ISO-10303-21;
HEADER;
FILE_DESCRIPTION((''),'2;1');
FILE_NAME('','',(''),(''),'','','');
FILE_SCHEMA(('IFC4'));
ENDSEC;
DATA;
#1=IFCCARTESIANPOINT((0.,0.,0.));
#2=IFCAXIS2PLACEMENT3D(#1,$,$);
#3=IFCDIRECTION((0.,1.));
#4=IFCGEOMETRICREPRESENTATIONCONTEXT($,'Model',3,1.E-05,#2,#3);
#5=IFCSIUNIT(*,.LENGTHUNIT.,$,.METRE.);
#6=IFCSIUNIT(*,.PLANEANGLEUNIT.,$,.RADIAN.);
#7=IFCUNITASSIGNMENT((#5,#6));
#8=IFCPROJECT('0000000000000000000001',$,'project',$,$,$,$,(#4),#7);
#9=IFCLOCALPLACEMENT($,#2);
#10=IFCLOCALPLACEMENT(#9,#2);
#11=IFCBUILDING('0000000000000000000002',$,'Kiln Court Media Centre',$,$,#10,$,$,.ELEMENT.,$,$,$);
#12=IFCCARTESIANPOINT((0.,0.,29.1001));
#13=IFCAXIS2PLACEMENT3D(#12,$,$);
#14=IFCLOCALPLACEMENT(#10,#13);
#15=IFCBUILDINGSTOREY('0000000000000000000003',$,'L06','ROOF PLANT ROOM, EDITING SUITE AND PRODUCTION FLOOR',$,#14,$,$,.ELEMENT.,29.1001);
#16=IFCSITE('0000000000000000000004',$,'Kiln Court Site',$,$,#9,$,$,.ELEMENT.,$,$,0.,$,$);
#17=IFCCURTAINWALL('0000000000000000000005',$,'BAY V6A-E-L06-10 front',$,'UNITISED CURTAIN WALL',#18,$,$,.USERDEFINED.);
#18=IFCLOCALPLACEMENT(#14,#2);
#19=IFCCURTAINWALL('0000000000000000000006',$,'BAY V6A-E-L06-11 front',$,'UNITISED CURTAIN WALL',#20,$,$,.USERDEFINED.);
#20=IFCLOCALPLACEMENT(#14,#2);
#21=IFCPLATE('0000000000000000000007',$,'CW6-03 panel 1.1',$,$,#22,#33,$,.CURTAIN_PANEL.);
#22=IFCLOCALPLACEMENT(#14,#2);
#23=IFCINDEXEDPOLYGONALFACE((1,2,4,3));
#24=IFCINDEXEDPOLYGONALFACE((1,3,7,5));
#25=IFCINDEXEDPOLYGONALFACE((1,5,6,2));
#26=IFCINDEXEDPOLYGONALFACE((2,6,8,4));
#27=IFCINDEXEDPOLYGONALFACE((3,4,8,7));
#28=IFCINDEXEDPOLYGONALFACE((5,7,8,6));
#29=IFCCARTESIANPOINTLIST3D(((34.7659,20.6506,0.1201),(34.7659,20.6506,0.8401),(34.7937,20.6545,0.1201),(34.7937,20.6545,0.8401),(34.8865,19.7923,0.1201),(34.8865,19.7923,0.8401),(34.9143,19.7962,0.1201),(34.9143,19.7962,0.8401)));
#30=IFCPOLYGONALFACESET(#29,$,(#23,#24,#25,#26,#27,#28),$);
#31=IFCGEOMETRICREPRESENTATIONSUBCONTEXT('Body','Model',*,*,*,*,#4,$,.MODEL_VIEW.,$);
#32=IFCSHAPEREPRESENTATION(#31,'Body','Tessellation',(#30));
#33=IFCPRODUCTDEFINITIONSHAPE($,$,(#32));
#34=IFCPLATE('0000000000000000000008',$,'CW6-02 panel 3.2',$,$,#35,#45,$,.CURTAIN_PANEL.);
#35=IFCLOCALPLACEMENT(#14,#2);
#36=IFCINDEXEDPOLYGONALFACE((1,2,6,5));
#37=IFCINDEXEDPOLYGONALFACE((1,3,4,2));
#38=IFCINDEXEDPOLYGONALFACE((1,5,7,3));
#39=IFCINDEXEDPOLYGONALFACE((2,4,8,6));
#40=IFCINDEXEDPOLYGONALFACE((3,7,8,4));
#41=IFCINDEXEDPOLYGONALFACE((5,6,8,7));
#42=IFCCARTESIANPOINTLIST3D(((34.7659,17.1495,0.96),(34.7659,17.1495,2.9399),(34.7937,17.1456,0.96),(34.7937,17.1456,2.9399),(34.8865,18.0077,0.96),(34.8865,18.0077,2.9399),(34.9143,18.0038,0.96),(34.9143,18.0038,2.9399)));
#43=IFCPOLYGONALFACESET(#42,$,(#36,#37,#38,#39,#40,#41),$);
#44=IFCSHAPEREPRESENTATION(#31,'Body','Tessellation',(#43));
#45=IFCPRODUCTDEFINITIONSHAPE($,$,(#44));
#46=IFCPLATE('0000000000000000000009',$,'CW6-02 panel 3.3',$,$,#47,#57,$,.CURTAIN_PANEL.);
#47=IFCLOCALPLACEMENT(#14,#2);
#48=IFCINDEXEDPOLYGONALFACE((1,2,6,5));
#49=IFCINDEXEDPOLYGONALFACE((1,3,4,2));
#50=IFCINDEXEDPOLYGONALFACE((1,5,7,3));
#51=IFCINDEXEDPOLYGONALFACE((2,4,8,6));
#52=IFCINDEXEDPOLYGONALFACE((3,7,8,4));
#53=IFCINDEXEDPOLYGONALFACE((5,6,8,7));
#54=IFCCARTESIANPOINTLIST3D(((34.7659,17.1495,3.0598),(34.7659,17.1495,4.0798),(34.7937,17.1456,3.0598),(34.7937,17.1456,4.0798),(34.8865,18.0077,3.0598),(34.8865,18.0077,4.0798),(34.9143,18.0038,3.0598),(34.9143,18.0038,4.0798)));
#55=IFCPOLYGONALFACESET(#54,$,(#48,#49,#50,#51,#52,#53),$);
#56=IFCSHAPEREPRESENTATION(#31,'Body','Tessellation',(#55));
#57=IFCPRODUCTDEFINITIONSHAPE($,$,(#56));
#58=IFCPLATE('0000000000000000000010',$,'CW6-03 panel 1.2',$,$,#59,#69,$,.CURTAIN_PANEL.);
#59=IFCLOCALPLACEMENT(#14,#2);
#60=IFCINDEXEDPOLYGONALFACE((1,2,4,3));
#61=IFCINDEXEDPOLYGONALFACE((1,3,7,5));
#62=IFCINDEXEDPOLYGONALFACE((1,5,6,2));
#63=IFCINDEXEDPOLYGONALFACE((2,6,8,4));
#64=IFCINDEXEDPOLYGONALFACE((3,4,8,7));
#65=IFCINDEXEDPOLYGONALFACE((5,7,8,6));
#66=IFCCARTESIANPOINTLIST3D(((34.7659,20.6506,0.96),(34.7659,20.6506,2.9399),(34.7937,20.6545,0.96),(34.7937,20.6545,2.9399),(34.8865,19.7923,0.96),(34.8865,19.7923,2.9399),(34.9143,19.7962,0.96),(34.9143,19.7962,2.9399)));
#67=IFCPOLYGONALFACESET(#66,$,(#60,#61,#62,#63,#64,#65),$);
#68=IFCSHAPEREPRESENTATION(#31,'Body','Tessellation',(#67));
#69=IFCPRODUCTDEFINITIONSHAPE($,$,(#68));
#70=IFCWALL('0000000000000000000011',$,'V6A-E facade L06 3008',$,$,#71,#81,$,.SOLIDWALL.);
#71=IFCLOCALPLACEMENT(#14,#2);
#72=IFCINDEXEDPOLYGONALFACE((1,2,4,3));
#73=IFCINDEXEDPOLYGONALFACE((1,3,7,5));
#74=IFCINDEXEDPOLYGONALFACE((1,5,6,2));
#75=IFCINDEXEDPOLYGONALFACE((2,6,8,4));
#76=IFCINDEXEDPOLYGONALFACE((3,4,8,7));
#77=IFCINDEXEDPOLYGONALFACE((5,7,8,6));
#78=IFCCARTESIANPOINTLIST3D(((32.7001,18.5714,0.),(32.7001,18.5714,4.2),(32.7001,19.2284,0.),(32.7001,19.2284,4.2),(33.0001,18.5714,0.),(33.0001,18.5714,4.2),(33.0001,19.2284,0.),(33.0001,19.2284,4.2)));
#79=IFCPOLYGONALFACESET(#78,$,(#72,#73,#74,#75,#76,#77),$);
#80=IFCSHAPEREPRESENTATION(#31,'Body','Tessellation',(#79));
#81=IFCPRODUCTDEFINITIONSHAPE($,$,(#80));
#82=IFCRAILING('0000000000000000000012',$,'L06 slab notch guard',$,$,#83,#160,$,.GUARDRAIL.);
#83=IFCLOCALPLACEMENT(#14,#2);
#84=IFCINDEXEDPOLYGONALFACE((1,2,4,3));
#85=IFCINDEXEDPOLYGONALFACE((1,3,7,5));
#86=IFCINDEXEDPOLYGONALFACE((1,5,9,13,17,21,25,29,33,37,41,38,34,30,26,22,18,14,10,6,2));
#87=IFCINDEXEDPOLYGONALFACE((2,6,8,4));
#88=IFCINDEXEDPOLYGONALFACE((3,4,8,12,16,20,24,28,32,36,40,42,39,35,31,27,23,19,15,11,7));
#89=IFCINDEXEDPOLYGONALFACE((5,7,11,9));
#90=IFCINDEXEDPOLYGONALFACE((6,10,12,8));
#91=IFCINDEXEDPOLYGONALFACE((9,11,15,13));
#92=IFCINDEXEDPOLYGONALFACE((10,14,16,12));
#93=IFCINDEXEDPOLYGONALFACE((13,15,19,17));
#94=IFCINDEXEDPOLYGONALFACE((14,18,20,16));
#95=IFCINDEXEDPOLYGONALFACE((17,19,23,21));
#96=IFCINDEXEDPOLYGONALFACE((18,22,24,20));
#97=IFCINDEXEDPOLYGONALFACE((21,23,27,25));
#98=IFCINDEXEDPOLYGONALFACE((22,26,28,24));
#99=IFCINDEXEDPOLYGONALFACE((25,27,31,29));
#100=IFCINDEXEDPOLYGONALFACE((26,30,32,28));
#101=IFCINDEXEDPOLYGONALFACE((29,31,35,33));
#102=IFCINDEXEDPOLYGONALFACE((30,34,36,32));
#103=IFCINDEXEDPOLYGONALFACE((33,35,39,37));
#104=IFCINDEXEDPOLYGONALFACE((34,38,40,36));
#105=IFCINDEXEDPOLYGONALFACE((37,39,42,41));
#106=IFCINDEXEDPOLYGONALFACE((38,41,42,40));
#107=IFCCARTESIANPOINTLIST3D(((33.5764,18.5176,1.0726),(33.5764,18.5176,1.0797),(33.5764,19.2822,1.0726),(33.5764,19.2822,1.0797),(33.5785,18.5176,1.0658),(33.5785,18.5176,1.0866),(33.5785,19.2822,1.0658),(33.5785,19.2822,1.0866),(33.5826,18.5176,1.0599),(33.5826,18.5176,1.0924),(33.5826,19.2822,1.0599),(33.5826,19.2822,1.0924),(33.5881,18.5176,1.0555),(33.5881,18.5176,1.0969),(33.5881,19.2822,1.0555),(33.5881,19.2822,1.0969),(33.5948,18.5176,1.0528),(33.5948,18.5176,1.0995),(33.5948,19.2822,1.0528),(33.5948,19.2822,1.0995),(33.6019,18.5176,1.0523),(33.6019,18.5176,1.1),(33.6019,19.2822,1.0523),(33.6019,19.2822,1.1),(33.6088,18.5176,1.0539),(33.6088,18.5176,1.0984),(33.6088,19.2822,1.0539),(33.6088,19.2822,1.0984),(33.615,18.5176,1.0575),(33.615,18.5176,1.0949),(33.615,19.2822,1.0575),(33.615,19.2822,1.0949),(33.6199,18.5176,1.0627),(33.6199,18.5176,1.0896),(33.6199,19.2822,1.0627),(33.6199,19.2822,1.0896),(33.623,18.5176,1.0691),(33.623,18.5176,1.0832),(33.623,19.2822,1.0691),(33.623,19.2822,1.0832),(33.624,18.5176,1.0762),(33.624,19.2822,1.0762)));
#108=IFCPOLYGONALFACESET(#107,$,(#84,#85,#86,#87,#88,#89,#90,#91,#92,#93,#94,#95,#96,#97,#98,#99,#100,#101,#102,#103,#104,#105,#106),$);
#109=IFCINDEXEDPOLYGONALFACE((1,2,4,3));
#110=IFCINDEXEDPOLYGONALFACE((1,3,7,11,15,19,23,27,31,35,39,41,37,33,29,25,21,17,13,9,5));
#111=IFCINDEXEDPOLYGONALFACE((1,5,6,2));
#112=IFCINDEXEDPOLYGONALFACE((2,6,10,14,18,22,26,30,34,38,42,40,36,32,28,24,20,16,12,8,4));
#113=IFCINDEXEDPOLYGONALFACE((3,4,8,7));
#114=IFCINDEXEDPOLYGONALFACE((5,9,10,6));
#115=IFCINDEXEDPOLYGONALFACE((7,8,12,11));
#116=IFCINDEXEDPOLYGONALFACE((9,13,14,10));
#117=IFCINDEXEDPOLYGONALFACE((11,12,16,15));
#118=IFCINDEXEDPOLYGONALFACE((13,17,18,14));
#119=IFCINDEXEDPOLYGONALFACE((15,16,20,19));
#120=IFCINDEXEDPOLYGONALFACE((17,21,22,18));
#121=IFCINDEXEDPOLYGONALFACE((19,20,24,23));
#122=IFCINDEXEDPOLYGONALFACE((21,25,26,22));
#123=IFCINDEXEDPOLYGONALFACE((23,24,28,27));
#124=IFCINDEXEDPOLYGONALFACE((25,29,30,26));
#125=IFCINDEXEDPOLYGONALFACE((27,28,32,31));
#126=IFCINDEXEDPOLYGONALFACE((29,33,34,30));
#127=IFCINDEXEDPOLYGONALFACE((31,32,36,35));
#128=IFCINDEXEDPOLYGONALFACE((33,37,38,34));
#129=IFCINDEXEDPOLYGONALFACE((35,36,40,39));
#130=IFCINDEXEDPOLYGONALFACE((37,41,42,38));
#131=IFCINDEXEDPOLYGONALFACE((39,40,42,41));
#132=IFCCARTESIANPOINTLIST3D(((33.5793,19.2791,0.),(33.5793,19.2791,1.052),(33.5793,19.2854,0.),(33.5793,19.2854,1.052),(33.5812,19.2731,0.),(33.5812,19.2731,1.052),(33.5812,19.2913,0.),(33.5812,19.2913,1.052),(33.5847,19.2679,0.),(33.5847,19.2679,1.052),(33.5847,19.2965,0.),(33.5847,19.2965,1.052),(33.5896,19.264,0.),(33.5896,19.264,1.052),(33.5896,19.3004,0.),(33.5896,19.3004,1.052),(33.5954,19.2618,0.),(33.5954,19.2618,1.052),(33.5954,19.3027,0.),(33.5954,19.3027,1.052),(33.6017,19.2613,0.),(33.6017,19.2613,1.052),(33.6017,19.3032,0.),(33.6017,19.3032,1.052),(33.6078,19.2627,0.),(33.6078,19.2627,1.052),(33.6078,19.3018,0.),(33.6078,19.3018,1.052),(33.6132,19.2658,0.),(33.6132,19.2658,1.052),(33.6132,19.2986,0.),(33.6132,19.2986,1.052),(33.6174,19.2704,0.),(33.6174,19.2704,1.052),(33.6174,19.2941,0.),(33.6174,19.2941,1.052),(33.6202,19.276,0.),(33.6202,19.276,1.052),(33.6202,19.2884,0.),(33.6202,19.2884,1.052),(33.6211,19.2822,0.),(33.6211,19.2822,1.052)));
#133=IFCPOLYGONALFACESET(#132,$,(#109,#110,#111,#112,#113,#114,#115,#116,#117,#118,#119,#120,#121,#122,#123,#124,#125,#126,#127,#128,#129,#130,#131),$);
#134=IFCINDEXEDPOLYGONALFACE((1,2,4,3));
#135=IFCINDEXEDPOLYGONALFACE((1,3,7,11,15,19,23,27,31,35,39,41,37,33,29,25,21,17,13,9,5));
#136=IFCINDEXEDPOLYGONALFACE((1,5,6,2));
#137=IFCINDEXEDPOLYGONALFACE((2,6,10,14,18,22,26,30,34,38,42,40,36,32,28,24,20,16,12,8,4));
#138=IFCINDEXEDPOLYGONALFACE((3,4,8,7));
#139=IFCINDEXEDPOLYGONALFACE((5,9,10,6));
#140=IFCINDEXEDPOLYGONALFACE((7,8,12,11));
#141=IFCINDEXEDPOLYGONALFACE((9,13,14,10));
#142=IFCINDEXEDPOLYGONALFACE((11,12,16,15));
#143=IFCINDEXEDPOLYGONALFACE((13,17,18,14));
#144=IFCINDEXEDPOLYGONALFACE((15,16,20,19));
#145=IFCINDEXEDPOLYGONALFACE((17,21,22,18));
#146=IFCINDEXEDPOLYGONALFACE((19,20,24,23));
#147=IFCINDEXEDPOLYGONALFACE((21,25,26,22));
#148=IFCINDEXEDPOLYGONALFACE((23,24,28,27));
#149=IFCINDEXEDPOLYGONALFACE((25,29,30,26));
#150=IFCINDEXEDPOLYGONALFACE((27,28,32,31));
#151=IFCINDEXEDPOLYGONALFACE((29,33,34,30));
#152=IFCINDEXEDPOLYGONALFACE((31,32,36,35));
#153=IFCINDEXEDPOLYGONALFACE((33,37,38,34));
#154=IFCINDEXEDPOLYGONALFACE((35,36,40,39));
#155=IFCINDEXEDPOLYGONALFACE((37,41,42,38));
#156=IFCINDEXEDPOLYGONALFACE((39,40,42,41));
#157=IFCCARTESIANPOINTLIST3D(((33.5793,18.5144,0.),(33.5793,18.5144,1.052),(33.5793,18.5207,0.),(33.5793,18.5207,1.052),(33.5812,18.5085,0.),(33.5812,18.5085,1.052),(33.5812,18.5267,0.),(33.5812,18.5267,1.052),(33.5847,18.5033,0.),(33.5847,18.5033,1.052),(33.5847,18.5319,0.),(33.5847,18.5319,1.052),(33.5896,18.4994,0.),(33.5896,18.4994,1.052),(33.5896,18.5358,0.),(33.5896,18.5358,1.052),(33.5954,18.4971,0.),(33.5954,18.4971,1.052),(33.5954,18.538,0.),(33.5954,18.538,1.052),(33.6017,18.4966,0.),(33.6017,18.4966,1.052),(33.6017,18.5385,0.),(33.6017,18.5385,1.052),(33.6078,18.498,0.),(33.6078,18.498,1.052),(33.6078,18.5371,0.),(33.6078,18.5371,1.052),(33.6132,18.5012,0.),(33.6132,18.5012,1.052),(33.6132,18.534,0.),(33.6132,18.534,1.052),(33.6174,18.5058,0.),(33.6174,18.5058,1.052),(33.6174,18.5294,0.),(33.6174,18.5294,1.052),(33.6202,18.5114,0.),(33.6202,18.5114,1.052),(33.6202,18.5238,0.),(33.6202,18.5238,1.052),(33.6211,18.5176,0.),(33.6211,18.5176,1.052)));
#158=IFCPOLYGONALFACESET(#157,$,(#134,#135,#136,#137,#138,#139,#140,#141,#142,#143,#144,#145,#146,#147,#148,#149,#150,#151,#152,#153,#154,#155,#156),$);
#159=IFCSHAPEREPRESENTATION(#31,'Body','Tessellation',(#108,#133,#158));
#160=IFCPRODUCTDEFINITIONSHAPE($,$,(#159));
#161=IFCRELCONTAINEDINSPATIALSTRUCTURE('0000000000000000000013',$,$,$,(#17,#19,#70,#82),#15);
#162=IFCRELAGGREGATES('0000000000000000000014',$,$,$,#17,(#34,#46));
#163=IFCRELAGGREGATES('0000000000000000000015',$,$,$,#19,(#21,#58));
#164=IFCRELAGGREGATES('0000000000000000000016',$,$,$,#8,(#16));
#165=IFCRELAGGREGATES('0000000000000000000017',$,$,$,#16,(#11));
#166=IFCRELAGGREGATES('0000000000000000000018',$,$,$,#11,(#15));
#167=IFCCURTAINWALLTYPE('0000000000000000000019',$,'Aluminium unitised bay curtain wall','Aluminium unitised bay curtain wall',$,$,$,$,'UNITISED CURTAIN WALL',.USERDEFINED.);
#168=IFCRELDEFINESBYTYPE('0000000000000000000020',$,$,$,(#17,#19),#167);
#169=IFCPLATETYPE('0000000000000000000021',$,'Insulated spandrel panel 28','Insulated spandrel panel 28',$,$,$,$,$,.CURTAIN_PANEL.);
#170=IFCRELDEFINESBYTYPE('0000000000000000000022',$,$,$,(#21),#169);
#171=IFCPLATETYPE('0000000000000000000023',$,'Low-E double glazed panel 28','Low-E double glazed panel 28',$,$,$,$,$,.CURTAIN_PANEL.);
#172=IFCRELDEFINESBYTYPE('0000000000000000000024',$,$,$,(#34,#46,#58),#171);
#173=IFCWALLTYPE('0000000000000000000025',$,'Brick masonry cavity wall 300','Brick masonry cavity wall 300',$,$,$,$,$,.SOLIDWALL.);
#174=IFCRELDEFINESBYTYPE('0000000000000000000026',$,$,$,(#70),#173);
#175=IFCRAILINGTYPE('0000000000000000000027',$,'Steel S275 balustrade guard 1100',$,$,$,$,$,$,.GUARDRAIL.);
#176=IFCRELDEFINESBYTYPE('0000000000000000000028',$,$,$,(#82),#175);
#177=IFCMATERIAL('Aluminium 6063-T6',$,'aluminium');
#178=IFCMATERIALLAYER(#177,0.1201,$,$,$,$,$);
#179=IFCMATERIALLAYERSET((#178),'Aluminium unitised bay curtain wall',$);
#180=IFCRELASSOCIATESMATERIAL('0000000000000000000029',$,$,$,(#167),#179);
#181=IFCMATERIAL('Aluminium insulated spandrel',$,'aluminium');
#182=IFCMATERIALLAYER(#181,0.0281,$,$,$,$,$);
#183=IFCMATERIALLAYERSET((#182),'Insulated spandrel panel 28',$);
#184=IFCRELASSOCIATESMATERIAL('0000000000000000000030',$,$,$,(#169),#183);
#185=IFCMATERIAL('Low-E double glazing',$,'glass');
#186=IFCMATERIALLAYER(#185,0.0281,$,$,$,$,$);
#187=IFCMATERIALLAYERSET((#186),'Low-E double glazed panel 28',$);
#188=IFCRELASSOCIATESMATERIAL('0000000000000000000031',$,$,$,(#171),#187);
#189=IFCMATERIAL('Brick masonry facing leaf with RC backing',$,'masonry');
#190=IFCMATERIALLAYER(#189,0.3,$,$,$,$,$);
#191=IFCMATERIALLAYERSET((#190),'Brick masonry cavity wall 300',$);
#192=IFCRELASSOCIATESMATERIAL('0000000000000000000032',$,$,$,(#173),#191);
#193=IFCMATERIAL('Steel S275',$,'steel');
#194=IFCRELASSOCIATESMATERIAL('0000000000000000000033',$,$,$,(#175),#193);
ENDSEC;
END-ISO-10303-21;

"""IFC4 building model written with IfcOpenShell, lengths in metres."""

from ifc_helpers import new_model, si_unit, direction, frame, frame_2d, origin, origin_2d, place, context, subcontext, project, spatial, rectangle, circle, extrude, material, layer, layer_set, type_object, element, aggregate, save


model = new_model("IFC4")

# Units and contexts
model_context = context("Model", 3, precision=1e-05, world=origin(), true_north=direction((0.0, 1.0)))
body_context = subcontext(model_context, "Body", "Model", "MODEL_VIEW")
ifc_project = project(units=[si_unit("LENGTHUNIT", "METRE"), si_unit("PLANEANGLEUNIT", "RADIAN")], contexts=[model_context])

# Site, building, storey
site_placement = place(None, origin())
site = spatial("IfcSite", under=ifc_project, at=site_placement, Name="Kiln Court Site", CompositionType="ELEMENT", RefElevation=0.0)
building_placement = place(site_placement, origin())
building = spatial("IfcBuilding", under=site, at=building_placement, Name="Kiln Court Media Centre", CompositionType="ELEMENT")
storey_placement = place(building_placement, frame((0.0, 0.0, 29.1001)))
storey = spatial("IfcBuildingStorey", under=building, at=storey_placement, Name="L06", Description="ROOF PLANT ROOM, EDITING SUITE AND PRODUCTION FLOOR", CompositionType="ELEMENT", Elevation=29.1001)

# Curtain wall
ifc_material_1 = material(Name="Aluminium 6063-T6", Category="aluminium")
ifc_layer_1 = layer(ifc_material_1, 0.1201)
ifc_layer_set_1 = layer_set([ifc_layer_1], Name="Aluminium unitised bay curtain wall")
curtain_wall_type = type_object("IfcCurtainWallType", Name="Aluminium unitised bay curtain wall", Description="Aluminium unitised bay curtain wall", ElementType="UNITISED CURTAIN WALL", PredefinedType="USERDEFINED", material=ifc_layer_set_1)
curtain_wall_1_placement = place(storey_placement, origin())
curtain_wall_1 = element("IfcCurtainWall", 1, at=curtain_wall_1_placement, inside=storey, type_object=curtain_wall_type, Name="BAY V6A-E-L06-10 front", ObjectType="UNITISED CURTAIN WALL", PredefinedType="USERDEFINED")

# Curtain wall
curtain_wall_2_placement = place(storey_placement, origin())
curtain_wall_2 = element("IfcCurtainWall", 2, at=curtain_wall_2_placement, inside=storey, type_object=curtain_wall_type, Name="BAY V6A-E-L06-11 front", ObjectType="UNITISED CURTAIN WALL", PredefinedType="USERDEFINED")

# Plates
ifc_material_2 = material(Name="Aluminium insulated spandrel", Category="aluminium")
ifc_layer_2 = layer(ifc_material_2, 0.0281)
ifc_layer_set_2 = layer_set([ifc_layer_2], Name="Insulated spandrel panel 28")
plate_type_1 = type_object("IfcPlateType", Name="Insulated spandrel panel 28", Description="Insulated spandrel panel 28", PredefinedType="CURTAIN_PANEL", material=ifc_layer_set_2)
plate_1_placement = place(storey_placement, frame((34.8401, 20.2234, 0.1201), z_axis=(0.0, 0.0, 1.0), x_axis=(-0.139162, 0.99027, 0.0)))
plate_1 = element("IfcPlate", 3, at=plate_1_placement, type_object=plate_type_1, Name="CW6-03 panel 1.1", PredefinedType="CURTAIN_PANEL", context=body_context, shape_type="SweptSolid", body=[
    extrude(rectangle(XDim=0.8667, YDim=0.0281, at=origin_2d()), origin(), (0.0, 0.0, 1.0), 0.72),
])
ifc_material_3 = material(Name="Low-E double glazing", Category="glass")
ifc_layer_3 = layer(ifc_material_3, 0.0281)
ifc_layer_set_3 = layer_set([ifc_layer_3], Name="Low-E double glazed panel 28")
plate_type_2 = type_object("IfcPlateType", Name="Low-E double glazed panel 28", Description="Low-E double glazed panel 28", PredefinedType="CURTAIN_PANEL", material=ifc_layer_set_3)
plate_2_placement = place(storey_placement, frame((34.8401, 17.5767, 0.96), z_axis=(0.0, 0.0, 1.0), x_axis=(0.139162, 0.99027, 0.0)))
plate_2 = element("IfcPlate", 4, at=plate_2_placement, type_object=plate_type_2, Name="CW6-02 panel 3.2", PredefinedType="CURTAIN_PANEL", context=body_context, shape_type="SweptSolid", body=[
    extrude(rectangle(XDim=0.8667, YDim=0.0281, at=origin_2d()), origin(), (0.0, 0.0, 1.0), 1.98),
])
plate_3_placement = place(storey_placement, frame((34.8401, 17.5767, 3.0598), z_axis=(0.0, 0.0, 1.0), x_axis=(0.139162, 0.99027, 0.0)))
plate_3 = element("IfcPlate", 5, at=plate_3_placement, type_object=plate_type_2, Name="CW6-02 panel 3.3", PredefinedType="CURTAIN_PANEL", context=body_context, shape_type="SweptSolid", body=[
    extrude(rectangle(XDim=0.8667, YDim=0.0281, at=origin_2d()), origin(), (0.0, 0.0, 1.0), 1.02),
])
aggregate(curtain_wall_1, [plate_2, plate_3])
plate_4_placement = place(storey_placement, frame((34.8401, 20.2234, 0.96), z_axis=(0.0, 0.0, 1.0), x_axis=(-0.139162, 0.99027, 0.0)))
plate_4 = element("IfcPlate", 6, at=plate_4_placement, type_object=plate_type_2, Name="CW6-03 panel 1.2", PredefinedType="CURTAIN_PANEL", context=body_context, shape_type="SweptSolid", body=[
    extrude(rectangle(XDim=0.8667, YDim=0.0281, at=origin_2d()), origin(), (0.0, 0.0, 1.0), 1.98),
])
aggregate(curtain_wall_2, [plate_1, plate_4])

# Wall
ifc_material_4 = material(Name="Brick masonry facing leaf with RC backing", Category="masonry")
ifc_layer_4 = layer(ifc_material_4, 0.3)
ifc_layer_set_4 = layer_set([ifc_layer_4], Name="Brick masonry cavity wall 300")
wall_type = type_object("IfcWallType", Name="Brick masonry cavity wall 300", Description="Brick masonry cavity wall 300", PredefinedType="SOLIDWALL", material=ifc_layer_set_4)
wall_placement = place(storey_placement, frame((32.8501, 19.2285, 0.0), z_axis=(0.0, 0.0, 1.0), x_axis=(0.0, -1.0, 0.0)))
element("IfcWall", 7, at=wall_placement, inside=storey, type_object=wall_type, Name="V6A-E facade L06 3008", PredefinedType="SOLIDWALL", context=body_context, shape_type="SweptSolid", body=[
    extrude(rectangle(XDim=0.657, YDim=0.3, at=frame_2d((0.3286, 0.0))), origin(), (0.0, 0.0, 1.0), 4.2),
])

# Railing
ifc_material_5 = material(Name="Steel S275", Category="steel")
railing_type = type_object("IfcRailingType", Name="Steel S275 balustrade guard 1100", PredefinedType="GUARDRAIL", material=ifc_material_5)
railing_placement = place(storey_placement, frame((33.6001, 19.2822, 0.0)))
element("IfcRailing", 8, at=railing_placement, inside=storey, type_object=railing_type, Name="L06 slab notch guard", PredefinedType="GUARDRAIL", context=body_context, shape_type="SweptSolid", body=[
    extrude(circle(Radius=0.0239, at=origin_2d()), frame((0.0, 0.0, 1.0762), z_axis=(0.0, -1.0, 0.0), x_axis=(1.0, 0.0, 0.0)), (0.0, 0.0, 1.0), 0.7646),
    extrude(circle(Radius=0.021, at=origin_2d()), origin(), (0.0, 0.0, 1.0), 1.052),
    extrude(circle(Radius=0.021, at=origin_2d()), frame((0.0, -0.7646, 0.0)), (0.0, 0.0, 1.0), 1.052),
])

save(model, "model.ifc")
